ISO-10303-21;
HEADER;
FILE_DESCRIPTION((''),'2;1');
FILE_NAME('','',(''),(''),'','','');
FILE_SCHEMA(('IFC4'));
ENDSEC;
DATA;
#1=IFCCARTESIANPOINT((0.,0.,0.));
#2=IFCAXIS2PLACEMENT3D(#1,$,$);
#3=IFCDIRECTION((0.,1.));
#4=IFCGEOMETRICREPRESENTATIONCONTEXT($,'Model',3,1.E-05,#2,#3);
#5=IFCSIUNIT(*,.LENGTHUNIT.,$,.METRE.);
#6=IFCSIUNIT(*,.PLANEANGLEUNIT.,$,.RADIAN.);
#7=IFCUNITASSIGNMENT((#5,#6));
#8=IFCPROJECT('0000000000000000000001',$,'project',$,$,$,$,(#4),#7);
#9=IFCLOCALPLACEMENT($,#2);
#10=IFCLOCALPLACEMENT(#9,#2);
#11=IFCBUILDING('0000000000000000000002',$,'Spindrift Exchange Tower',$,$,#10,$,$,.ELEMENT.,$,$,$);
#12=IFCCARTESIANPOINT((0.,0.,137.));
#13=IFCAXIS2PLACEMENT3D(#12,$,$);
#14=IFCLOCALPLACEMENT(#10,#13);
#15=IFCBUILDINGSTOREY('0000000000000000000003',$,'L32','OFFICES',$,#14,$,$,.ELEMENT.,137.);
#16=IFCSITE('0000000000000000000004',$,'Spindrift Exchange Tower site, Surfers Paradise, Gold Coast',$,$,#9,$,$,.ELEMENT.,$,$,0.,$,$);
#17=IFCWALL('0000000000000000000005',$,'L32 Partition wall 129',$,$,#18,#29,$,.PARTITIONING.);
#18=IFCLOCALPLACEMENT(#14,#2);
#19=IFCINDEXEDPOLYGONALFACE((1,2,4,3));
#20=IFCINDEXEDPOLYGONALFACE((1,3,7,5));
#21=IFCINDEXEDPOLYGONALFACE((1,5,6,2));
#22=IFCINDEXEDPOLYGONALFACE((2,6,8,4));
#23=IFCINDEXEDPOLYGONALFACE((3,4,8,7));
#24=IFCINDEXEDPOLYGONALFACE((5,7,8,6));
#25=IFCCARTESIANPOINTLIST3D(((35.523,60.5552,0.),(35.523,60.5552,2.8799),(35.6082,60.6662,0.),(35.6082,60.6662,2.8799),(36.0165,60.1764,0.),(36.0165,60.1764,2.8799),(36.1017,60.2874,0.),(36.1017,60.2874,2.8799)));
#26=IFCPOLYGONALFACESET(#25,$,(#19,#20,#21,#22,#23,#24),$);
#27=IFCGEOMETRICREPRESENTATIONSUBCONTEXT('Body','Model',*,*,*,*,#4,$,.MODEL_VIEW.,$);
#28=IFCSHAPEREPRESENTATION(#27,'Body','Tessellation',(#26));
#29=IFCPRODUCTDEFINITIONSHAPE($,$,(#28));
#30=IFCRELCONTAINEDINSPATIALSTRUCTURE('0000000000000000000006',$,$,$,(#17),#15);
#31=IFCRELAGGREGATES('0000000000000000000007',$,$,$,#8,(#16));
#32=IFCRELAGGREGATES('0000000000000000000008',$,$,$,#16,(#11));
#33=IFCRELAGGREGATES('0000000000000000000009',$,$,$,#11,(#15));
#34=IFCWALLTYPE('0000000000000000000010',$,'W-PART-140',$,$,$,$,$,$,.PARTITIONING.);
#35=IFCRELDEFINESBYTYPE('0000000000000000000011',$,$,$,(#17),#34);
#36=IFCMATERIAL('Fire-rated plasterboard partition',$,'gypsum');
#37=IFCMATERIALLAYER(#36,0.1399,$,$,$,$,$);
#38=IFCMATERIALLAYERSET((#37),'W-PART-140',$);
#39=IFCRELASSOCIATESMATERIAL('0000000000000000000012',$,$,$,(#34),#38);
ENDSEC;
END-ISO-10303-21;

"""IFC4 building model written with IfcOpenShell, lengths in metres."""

from ifc_helpers import new_model, si_unit, direction, frame, frame_2d, origin, place, context, subcontext, project, spatial, rectangle, extrude, material, layer, layer_set, type_object, element, save


model = new_model("IFC4")

# Units and contexts
model_context = context("Model", 3, precision=1e-05, world=origin(), true_north=direction((0.0, 1.0)))
body_context = subcontext(model_context, "Body", "Model", "MODEL_VIEW")
ifc_project = project(units=[si_unit("LENGTHUNIT", "METRE"), si_unit("PLANEANGLEUNIT", "RADIAN")], contexts=[model_context])

# Site, building, storey
site_placement = place(None, origin())
site = spatial("IfcSite", under=ifc_project, at=site_placement, Name="Spindrift Exchange Tower site, Surfers Paradise, Gold Coast", CompositionType="ELEMENT", RefElevation=0.0)
building_placement = place(site_placement, origin())
building = spatial("IfcBuilding", under=site, at=building_placement, Name="Spindrift Exchange Tower", CompositionType="ELEMENT")
storey_placement = place(building_placement, frame((0.0, 0.0, 137.0)))
storey = spatial("IfcBuildingStorey", under=building, at=storey_placement, Name="L32", Description="OFFICES", CompositionType="ELEMENT", Elevation=137.0)

# Shared definitions
ifc_material_1 = material(Name="Fire-rated plasterboard partition", Category="gypsum")

# Shared definitions
ifc_layer_1 = layer(ifc_material_1, 0.1399)
ifc_layer_set_1 = layer_set([ifc_layer_1], Name="W-PART-140")
wall_type_1 = type_object("IfcWallType", Name="W-PART-140", PredefinedType="PARTITIONING", material=ifc_layer_set_1)

# Wall
wall_1_placement = place(storey_placement, frame((36.0591, 60.2319, 0.0), z_axis=(0.0, 0.0, 1.0), x_axis=(-0.793309, 0.608819, 0.0)))
element("IfcWall", 1, at=wall_1_placement, inside=storey, type_object=wall_type_1, Name="L32 Partition wall 129", PredefinedType="PARTITIONING", context=body_context, shape_type="SweptSolid", body=[
    extrude(rectangle(XDim=0.6221, YDim=0.1399, at=frame_2d((0.311, 0.0))), origin(), (0.0, 0.0, 1.0), 2.8799),
])

save(model, "model.ifc")
